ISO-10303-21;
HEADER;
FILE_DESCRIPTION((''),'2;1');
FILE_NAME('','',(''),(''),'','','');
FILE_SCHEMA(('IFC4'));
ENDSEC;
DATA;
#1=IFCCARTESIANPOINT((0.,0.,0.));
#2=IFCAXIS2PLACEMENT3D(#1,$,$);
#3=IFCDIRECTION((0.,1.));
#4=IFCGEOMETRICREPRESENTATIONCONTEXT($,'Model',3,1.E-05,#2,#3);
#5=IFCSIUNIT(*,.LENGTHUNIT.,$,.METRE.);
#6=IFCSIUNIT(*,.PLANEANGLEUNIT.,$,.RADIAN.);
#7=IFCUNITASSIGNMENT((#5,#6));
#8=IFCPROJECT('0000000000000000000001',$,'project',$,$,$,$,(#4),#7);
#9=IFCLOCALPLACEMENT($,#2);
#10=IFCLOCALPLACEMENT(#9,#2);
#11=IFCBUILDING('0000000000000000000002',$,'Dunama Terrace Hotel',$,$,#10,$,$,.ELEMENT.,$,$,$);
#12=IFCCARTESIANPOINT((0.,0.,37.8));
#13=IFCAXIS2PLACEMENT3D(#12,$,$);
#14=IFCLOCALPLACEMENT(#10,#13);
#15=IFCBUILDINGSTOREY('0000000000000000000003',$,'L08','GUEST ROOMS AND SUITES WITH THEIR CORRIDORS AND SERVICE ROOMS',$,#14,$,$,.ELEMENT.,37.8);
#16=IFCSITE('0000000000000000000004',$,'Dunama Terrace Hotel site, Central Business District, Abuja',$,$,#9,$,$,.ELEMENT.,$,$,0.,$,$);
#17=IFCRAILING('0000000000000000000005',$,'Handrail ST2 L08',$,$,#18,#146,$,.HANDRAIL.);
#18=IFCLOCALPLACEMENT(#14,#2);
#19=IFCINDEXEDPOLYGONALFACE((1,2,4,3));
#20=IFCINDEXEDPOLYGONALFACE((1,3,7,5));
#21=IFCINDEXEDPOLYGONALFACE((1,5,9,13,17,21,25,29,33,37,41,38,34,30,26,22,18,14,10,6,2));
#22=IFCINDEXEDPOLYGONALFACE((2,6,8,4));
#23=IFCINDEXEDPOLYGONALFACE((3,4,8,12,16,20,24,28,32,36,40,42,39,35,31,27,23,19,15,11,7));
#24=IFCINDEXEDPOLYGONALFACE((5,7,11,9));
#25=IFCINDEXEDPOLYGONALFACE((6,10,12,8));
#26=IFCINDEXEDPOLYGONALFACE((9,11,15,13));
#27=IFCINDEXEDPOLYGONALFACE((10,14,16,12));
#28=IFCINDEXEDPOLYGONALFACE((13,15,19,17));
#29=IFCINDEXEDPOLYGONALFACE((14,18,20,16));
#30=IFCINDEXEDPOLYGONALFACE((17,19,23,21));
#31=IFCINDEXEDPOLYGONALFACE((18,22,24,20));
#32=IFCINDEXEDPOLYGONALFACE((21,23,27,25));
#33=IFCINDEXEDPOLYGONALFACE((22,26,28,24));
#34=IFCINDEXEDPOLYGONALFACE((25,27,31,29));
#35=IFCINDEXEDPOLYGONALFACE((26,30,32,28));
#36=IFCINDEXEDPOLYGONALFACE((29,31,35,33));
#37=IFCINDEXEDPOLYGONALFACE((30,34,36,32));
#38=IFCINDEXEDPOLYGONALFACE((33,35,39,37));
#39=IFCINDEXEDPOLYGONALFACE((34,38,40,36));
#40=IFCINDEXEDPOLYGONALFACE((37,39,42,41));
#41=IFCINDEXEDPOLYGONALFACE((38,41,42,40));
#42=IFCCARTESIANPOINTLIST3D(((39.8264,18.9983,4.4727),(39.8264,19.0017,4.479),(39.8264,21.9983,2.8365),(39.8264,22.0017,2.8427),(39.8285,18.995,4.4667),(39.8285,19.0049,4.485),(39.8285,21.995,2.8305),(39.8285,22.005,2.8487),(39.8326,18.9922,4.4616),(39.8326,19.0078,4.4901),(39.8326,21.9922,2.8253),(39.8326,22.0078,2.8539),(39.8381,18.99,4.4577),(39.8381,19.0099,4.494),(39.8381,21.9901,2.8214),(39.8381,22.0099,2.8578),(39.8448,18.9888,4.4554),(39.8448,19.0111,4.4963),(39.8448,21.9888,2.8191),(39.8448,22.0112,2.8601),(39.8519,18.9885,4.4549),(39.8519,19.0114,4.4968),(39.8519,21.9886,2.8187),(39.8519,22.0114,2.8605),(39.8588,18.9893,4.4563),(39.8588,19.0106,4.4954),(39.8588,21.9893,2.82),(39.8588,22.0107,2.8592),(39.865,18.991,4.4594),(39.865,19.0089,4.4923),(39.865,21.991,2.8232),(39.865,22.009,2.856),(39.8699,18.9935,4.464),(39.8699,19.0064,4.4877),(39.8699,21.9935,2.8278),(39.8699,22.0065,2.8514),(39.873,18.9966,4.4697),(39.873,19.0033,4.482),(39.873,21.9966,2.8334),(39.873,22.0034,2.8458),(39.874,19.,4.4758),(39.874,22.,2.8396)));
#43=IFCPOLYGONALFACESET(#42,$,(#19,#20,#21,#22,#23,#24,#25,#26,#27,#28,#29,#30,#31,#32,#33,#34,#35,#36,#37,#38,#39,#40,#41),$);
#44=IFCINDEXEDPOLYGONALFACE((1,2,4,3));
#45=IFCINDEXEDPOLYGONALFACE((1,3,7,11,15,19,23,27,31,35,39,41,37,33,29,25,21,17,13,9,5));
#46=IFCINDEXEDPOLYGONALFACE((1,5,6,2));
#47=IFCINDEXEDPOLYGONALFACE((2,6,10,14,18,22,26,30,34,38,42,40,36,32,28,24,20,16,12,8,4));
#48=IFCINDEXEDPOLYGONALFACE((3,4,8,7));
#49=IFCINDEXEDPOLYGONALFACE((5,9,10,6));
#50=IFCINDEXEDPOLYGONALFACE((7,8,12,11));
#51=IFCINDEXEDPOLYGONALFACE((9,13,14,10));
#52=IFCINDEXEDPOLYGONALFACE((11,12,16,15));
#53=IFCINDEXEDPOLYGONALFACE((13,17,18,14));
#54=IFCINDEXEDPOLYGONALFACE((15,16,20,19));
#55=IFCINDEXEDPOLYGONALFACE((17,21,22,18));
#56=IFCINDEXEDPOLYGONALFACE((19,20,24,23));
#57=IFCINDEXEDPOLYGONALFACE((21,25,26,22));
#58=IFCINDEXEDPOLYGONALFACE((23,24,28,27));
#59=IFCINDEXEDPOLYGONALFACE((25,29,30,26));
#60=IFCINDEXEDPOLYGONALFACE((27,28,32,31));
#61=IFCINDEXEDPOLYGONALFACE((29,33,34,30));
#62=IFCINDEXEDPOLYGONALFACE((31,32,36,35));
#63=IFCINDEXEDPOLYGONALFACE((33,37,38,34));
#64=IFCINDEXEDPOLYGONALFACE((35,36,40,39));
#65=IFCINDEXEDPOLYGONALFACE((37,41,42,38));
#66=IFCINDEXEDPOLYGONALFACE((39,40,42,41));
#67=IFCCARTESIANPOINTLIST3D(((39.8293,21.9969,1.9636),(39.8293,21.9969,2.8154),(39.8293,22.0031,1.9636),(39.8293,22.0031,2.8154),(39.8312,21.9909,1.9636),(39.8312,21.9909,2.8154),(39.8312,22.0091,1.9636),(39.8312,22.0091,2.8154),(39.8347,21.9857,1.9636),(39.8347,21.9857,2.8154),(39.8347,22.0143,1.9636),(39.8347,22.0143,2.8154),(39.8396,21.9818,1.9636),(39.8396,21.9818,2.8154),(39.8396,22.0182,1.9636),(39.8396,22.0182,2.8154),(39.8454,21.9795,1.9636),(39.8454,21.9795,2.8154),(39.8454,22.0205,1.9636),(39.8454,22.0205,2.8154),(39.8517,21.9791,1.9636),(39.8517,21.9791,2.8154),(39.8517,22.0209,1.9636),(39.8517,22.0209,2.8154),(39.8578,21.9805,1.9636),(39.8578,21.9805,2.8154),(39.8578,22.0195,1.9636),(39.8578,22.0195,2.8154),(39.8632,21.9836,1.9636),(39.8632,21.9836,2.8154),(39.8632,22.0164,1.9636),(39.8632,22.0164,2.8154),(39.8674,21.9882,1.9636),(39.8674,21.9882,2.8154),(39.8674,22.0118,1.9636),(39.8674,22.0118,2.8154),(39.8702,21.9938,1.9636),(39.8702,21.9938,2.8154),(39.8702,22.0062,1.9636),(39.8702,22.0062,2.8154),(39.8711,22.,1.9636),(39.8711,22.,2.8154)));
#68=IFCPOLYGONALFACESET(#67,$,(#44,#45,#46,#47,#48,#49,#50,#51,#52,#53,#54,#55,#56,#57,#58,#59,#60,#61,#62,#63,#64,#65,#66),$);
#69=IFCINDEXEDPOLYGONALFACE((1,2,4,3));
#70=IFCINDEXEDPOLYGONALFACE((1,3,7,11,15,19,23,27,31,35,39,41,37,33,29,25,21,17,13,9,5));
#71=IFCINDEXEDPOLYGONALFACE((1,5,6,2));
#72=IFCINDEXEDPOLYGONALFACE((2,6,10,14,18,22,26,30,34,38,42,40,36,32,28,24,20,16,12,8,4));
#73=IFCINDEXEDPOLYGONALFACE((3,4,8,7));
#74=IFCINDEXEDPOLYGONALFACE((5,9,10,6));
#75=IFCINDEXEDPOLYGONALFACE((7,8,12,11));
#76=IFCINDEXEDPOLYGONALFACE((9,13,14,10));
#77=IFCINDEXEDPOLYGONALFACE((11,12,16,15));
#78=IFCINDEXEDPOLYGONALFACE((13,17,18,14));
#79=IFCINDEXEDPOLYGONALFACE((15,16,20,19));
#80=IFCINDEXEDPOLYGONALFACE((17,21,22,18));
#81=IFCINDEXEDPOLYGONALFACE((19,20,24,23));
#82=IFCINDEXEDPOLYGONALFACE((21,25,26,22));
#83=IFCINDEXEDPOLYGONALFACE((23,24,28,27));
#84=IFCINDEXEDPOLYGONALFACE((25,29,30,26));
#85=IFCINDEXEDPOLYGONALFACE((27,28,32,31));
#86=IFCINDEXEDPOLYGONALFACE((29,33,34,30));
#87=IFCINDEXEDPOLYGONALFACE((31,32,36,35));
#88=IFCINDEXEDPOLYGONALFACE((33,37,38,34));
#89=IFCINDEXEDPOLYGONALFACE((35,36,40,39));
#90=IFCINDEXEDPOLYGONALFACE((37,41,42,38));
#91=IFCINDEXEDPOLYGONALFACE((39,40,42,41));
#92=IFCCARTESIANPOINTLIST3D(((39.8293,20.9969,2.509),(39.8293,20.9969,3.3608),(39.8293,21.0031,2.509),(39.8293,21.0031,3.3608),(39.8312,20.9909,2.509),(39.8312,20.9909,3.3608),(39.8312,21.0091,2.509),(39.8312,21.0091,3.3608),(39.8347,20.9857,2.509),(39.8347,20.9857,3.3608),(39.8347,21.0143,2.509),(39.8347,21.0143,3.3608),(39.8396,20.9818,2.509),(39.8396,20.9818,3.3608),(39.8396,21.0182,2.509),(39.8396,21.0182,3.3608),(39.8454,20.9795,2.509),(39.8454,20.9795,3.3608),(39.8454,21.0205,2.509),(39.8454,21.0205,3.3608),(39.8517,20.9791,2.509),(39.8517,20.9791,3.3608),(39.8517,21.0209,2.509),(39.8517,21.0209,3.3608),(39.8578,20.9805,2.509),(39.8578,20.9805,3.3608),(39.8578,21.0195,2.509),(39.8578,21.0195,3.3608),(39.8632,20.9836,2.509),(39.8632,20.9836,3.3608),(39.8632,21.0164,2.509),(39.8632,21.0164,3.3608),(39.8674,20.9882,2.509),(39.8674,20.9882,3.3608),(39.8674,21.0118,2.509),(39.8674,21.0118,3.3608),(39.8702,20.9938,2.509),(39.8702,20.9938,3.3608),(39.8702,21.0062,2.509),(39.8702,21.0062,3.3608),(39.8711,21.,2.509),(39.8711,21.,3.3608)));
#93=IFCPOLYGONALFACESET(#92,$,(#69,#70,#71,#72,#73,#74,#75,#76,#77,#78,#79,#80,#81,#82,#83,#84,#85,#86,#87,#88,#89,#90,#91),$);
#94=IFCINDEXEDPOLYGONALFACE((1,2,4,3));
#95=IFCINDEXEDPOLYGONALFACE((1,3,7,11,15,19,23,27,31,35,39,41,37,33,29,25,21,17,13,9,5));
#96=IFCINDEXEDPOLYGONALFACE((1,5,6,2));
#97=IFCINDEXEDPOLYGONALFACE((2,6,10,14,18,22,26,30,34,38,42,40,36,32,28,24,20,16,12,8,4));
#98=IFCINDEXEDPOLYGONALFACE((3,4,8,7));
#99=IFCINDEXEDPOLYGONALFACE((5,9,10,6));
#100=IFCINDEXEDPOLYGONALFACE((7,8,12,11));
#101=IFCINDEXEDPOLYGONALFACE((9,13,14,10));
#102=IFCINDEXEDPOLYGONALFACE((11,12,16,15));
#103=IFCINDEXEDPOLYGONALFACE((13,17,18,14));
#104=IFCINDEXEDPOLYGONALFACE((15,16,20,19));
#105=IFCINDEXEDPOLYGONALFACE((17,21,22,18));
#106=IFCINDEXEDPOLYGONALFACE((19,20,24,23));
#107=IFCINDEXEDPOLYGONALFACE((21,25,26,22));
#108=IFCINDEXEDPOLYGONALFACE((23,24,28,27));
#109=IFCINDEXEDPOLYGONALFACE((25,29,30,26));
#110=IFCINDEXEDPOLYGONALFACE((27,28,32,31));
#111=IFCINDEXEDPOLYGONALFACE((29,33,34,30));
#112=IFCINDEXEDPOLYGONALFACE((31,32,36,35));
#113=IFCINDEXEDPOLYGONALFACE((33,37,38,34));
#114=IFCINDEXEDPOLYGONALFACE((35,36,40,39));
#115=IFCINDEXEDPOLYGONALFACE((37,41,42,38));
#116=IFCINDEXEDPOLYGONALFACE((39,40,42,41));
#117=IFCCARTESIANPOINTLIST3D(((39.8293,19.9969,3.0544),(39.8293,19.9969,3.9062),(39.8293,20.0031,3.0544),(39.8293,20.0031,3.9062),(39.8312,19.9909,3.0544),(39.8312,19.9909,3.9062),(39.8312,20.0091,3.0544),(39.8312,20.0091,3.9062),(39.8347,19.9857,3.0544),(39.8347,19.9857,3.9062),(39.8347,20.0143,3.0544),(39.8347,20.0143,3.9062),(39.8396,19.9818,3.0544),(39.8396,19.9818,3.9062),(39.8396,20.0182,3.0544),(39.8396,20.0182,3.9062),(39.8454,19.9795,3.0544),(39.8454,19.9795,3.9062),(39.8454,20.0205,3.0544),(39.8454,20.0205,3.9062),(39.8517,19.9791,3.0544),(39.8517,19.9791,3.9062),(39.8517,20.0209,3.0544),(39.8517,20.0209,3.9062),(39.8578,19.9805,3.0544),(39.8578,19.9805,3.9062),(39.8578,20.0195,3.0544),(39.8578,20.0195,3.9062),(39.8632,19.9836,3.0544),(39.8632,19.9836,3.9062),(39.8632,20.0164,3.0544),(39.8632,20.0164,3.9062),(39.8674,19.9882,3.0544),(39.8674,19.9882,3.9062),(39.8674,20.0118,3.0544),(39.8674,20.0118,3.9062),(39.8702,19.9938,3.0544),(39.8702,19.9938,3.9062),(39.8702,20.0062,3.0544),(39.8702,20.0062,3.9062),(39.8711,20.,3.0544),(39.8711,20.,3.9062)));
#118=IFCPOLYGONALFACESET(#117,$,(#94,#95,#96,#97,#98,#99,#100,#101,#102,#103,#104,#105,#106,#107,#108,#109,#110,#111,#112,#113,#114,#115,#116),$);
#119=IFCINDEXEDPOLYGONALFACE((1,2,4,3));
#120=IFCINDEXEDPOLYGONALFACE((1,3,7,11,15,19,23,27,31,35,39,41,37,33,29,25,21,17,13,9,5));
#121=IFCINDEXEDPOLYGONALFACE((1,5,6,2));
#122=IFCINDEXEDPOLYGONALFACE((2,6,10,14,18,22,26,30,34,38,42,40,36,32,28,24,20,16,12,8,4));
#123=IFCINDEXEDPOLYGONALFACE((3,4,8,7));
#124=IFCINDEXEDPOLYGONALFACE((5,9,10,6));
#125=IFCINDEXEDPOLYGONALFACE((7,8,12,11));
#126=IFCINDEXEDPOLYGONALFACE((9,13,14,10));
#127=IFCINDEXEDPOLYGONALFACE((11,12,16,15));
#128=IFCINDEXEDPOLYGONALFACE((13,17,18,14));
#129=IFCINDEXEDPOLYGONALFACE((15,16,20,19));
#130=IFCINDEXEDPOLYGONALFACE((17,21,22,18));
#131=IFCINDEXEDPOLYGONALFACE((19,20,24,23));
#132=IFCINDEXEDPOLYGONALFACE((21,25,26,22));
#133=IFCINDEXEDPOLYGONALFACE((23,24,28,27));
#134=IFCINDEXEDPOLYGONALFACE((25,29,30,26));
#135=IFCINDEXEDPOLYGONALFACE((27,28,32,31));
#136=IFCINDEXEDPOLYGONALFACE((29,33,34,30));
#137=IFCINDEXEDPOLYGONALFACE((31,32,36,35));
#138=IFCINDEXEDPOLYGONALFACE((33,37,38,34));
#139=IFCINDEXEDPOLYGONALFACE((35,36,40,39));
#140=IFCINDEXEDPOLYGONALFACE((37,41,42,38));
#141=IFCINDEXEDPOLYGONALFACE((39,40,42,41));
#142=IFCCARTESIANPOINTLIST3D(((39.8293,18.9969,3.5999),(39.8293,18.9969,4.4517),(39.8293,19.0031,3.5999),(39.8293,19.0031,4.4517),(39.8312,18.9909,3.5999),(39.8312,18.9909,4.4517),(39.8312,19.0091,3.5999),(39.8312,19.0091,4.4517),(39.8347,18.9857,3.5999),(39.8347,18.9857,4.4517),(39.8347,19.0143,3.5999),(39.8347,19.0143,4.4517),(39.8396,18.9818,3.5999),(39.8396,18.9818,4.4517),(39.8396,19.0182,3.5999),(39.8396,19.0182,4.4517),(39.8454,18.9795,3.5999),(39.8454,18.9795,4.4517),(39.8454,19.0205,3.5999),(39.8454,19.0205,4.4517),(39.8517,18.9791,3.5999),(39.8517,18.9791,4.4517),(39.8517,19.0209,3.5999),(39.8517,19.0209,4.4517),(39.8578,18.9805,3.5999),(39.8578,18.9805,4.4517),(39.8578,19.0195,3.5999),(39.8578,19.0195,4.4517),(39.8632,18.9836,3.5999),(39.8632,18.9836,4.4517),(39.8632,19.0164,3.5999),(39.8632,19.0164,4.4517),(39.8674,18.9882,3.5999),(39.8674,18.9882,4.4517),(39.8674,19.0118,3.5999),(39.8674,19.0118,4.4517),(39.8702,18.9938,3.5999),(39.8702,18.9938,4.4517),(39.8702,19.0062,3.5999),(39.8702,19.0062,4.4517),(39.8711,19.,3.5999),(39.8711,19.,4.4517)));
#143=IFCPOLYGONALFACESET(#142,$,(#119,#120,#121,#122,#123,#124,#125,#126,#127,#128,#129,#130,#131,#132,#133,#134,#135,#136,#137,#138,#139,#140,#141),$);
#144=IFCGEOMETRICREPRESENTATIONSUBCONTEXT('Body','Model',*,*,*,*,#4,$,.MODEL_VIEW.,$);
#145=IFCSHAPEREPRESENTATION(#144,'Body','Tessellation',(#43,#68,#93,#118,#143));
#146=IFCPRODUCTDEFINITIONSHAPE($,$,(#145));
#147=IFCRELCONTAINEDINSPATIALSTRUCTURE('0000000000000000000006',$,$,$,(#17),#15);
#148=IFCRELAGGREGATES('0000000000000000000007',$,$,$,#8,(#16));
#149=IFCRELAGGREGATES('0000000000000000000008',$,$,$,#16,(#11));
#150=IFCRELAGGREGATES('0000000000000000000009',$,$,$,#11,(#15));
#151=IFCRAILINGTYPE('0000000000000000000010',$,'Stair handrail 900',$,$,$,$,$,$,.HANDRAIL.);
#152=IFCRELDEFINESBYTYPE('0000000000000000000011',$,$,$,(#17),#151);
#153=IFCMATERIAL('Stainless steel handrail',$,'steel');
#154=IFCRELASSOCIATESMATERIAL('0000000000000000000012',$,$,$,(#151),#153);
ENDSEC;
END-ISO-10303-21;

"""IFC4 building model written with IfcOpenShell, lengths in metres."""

from ifc_helpers import new_model, si_unit, direction, frame, origin, origin_2d, place, context, subcontext, project, spatial, circle, extrude, material, type_object, element, save


model = new_model("IFC4")

# Units and contexts
model_context = context("Model", 3, precision=1e-05, world=origin(), true_north=direction((0.0, 1.0)))
body_context = subcontext(model_context, "Body", "Model", "MODEL_VIEW")
ifc_project = project(units=[si_unit("LENGTHUNIT", "METRE"), si_unit("PLANEANGLEUNIT", "RADIAN")], contexts=[model_context])

# Site, building, storey
site_placement = place(None, origin())
site = spatial("IfcSite", under=ifc_project, at=site_placement, Name="Dunama Terrace Hotel site, Central Business District, Abuja", CompositionType="ELEMENT", RefElevation=0.0)
building_placement = place(site_placement, origin())
building = spatial("IfcBuilding", under=site, at=building_placement, Name="Dunama Terrace Hotel", CompositionType="ELEMENT")
storey_placement = place(building_placement, frame((0.0, 0.0, 37.8)))
storey = spatial("IfcBuildingStorey", under=building, at=storey_placement, Name="L08", Description="GUEST ROOMS AND SUITES WITH THEIR CORRIDORS AND SERVICE ROOMS", CompositionType="ELEMENT", Elevation=37.8)

# Railing
ifc_material_1 = material(Name="Stainless steel handrail", Category="steel")
railing_type = type_object("IfcRailingType", Name="Stair handrail 900", PredefinedType="HANDRAIL", material=ifc_material_1)
railing_1_placement = place(storey_placement, frame((39.8501, 22.0, 1.9636)))
element("IfcRailing", 1, at=railing_1_placement, inside=storey, type_object=railing_type, Name="Handrail ST2 L08", PredefinedType="HANDRAIL", context=body_context, shape_type="SweptSolid", body=[
    extrude(circle(Radius=0.0239, at=origin_2d()), frame((0.0, 0.0, 0.876), z_axis=(0.0, -0.877912, 0.478822), x_axis=(1.0, 0.0, 0.0)), (0.0, 0.0, 1.0), 3.4172),
    extrude(circle(Radius=0.021, at=origin_2d()), origin(), (0.0, 0.0, 1.0), 0.8518),
    extrude(circle(Radius=0.021, at=origin_2d()), frame((0.0, -1.0, 0.5454)), (0.0, 0.0, 1.0), 0.8518),
    extrude(circle(Radius=0.021, at=origin_2d()), frame((0.0, -2.0, 1.0908)), (0.0, 0.0, 1.0), 0.8518),
    extrude(circle(Radius=0.021, at=origin_2d()), frame((0.0, -3.0, 1.6362)), (0.0, 0.0, 1.0), 0.8518),
])

save(model, "model.ifc")
